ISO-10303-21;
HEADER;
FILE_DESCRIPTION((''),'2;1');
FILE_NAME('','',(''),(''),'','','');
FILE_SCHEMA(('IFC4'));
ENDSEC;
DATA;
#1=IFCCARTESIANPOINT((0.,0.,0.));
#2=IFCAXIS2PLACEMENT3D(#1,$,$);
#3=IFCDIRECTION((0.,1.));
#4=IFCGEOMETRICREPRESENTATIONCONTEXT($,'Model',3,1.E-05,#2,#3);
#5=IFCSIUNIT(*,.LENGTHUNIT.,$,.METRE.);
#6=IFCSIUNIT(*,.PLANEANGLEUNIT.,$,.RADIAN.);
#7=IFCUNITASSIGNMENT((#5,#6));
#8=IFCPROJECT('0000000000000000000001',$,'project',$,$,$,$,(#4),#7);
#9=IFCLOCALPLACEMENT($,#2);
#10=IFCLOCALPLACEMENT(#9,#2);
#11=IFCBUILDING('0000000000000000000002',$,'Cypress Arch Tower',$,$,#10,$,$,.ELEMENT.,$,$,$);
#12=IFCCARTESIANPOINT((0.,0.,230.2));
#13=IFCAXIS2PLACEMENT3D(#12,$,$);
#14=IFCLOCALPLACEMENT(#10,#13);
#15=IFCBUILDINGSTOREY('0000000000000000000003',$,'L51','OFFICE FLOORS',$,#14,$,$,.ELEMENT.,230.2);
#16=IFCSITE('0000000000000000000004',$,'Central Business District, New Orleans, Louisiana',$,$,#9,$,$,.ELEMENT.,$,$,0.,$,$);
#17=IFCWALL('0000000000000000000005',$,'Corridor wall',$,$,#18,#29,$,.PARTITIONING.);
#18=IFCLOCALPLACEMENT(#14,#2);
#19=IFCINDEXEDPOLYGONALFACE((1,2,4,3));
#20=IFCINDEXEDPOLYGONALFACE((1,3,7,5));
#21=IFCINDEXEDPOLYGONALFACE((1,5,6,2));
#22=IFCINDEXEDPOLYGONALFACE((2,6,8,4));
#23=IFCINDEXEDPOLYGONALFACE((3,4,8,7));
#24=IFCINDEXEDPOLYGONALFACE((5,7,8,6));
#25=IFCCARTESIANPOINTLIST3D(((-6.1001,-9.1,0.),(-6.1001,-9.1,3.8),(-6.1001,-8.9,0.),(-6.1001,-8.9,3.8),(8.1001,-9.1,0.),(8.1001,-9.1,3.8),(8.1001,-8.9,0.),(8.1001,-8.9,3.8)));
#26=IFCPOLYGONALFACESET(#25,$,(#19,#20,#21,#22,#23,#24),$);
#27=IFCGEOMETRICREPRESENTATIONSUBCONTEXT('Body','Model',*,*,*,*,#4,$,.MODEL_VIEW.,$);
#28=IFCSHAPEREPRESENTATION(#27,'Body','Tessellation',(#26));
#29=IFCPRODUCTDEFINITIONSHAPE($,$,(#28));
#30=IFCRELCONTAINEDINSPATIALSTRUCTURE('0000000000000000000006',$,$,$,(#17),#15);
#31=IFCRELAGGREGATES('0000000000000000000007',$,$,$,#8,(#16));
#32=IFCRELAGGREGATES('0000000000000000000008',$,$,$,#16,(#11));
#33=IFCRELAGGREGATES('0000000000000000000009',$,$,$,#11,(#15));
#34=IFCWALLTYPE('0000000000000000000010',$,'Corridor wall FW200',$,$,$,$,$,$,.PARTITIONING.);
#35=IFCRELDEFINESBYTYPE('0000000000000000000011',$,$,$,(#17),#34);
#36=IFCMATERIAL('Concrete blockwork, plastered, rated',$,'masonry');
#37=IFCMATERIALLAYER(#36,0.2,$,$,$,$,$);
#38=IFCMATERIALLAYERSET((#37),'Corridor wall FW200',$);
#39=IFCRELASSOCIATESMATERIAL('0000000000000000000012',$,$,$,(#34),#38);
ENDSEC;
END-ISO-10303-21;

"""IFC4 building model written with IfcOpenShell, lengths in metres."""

from ifc_helpers import new_model, si_unit, direction, frame, frame_2d, origin, place, context, subcontext, project, spatial, rectangle, extrude, material, layer, layer_set, type_object, element, save


model = new_model("IFC4")

# Units and contexts
model_context = context("Model", 3, precision=1e-05, world=origin(), true_north=direction((0.0, 1.0)))
body_context = subcontext(model_context, "Body", "Model", "MODEL_VIEW")
ifc_project = project(units=[si_unit("LENGTHUNIT", "METRE"), si_unit("PLANEANGLEUNIT", "RADIAN")], contexts=[model_context])

# Site, building, storey
site_placement = place(None, origin())
site = spatial("IfcSite", under=ifc_project, at=site_placement, Name="Central Business District, New Orleans, Louisiana", CompositionType="ELEMENT", RefElevation=0.0)
building_placement = place(site_placement, origin())
building = spatial("IfcBuilding", under=site, at=building_placement, Name="Cypress Arch Tower", CompositionType="ELEMENT")
storey_placement = place(building_placement, frame((0.0, 0.0, 230.2)))
storey = spatial("IfcBuildingStorey", under=building, at=storey_placement, Name="L51", Description="OFFICE FLOORS", CompositionType="ELEMENT", Elevation=230.2)

# Shared definitions
ifc_material_1 = material(Name="Concrete blockwork, plastered, rated", Category="masonry")
ifc_layer = layer(ifc_material_1, 0.2)
ifc_layer_set = layer_set([ifc_layer], Name="Corridor wall FW200")
wall_type = type_object("IfcWallType", Name="Corridor wall FW200", PredefinedType="PARTITIONING", material=ifc_layer_set)

# Wall
wall_1_placement = place(storey_placement, frame((-6.1001, -9.0, 0.0), z_axis=(0.0, 0.0, 1.0), x_axis=(1.0, 0.0, 0.0)))
element("IfcWall", 1, at=wall_1_placement, inside=storey, type_object=wall_type, Name="Corridor wall", PredefinedType="PARTITIONING", context=body_context, shape_type="SweptSolid", body=[
    extrude(rectangle(XDim=14.2002, YDim=0.2, at=frame_2d((7.1001, 0.0))), origin(), (0.0, 0.0, 1.0), 3.8),
])

save(model, "model.ifc")
